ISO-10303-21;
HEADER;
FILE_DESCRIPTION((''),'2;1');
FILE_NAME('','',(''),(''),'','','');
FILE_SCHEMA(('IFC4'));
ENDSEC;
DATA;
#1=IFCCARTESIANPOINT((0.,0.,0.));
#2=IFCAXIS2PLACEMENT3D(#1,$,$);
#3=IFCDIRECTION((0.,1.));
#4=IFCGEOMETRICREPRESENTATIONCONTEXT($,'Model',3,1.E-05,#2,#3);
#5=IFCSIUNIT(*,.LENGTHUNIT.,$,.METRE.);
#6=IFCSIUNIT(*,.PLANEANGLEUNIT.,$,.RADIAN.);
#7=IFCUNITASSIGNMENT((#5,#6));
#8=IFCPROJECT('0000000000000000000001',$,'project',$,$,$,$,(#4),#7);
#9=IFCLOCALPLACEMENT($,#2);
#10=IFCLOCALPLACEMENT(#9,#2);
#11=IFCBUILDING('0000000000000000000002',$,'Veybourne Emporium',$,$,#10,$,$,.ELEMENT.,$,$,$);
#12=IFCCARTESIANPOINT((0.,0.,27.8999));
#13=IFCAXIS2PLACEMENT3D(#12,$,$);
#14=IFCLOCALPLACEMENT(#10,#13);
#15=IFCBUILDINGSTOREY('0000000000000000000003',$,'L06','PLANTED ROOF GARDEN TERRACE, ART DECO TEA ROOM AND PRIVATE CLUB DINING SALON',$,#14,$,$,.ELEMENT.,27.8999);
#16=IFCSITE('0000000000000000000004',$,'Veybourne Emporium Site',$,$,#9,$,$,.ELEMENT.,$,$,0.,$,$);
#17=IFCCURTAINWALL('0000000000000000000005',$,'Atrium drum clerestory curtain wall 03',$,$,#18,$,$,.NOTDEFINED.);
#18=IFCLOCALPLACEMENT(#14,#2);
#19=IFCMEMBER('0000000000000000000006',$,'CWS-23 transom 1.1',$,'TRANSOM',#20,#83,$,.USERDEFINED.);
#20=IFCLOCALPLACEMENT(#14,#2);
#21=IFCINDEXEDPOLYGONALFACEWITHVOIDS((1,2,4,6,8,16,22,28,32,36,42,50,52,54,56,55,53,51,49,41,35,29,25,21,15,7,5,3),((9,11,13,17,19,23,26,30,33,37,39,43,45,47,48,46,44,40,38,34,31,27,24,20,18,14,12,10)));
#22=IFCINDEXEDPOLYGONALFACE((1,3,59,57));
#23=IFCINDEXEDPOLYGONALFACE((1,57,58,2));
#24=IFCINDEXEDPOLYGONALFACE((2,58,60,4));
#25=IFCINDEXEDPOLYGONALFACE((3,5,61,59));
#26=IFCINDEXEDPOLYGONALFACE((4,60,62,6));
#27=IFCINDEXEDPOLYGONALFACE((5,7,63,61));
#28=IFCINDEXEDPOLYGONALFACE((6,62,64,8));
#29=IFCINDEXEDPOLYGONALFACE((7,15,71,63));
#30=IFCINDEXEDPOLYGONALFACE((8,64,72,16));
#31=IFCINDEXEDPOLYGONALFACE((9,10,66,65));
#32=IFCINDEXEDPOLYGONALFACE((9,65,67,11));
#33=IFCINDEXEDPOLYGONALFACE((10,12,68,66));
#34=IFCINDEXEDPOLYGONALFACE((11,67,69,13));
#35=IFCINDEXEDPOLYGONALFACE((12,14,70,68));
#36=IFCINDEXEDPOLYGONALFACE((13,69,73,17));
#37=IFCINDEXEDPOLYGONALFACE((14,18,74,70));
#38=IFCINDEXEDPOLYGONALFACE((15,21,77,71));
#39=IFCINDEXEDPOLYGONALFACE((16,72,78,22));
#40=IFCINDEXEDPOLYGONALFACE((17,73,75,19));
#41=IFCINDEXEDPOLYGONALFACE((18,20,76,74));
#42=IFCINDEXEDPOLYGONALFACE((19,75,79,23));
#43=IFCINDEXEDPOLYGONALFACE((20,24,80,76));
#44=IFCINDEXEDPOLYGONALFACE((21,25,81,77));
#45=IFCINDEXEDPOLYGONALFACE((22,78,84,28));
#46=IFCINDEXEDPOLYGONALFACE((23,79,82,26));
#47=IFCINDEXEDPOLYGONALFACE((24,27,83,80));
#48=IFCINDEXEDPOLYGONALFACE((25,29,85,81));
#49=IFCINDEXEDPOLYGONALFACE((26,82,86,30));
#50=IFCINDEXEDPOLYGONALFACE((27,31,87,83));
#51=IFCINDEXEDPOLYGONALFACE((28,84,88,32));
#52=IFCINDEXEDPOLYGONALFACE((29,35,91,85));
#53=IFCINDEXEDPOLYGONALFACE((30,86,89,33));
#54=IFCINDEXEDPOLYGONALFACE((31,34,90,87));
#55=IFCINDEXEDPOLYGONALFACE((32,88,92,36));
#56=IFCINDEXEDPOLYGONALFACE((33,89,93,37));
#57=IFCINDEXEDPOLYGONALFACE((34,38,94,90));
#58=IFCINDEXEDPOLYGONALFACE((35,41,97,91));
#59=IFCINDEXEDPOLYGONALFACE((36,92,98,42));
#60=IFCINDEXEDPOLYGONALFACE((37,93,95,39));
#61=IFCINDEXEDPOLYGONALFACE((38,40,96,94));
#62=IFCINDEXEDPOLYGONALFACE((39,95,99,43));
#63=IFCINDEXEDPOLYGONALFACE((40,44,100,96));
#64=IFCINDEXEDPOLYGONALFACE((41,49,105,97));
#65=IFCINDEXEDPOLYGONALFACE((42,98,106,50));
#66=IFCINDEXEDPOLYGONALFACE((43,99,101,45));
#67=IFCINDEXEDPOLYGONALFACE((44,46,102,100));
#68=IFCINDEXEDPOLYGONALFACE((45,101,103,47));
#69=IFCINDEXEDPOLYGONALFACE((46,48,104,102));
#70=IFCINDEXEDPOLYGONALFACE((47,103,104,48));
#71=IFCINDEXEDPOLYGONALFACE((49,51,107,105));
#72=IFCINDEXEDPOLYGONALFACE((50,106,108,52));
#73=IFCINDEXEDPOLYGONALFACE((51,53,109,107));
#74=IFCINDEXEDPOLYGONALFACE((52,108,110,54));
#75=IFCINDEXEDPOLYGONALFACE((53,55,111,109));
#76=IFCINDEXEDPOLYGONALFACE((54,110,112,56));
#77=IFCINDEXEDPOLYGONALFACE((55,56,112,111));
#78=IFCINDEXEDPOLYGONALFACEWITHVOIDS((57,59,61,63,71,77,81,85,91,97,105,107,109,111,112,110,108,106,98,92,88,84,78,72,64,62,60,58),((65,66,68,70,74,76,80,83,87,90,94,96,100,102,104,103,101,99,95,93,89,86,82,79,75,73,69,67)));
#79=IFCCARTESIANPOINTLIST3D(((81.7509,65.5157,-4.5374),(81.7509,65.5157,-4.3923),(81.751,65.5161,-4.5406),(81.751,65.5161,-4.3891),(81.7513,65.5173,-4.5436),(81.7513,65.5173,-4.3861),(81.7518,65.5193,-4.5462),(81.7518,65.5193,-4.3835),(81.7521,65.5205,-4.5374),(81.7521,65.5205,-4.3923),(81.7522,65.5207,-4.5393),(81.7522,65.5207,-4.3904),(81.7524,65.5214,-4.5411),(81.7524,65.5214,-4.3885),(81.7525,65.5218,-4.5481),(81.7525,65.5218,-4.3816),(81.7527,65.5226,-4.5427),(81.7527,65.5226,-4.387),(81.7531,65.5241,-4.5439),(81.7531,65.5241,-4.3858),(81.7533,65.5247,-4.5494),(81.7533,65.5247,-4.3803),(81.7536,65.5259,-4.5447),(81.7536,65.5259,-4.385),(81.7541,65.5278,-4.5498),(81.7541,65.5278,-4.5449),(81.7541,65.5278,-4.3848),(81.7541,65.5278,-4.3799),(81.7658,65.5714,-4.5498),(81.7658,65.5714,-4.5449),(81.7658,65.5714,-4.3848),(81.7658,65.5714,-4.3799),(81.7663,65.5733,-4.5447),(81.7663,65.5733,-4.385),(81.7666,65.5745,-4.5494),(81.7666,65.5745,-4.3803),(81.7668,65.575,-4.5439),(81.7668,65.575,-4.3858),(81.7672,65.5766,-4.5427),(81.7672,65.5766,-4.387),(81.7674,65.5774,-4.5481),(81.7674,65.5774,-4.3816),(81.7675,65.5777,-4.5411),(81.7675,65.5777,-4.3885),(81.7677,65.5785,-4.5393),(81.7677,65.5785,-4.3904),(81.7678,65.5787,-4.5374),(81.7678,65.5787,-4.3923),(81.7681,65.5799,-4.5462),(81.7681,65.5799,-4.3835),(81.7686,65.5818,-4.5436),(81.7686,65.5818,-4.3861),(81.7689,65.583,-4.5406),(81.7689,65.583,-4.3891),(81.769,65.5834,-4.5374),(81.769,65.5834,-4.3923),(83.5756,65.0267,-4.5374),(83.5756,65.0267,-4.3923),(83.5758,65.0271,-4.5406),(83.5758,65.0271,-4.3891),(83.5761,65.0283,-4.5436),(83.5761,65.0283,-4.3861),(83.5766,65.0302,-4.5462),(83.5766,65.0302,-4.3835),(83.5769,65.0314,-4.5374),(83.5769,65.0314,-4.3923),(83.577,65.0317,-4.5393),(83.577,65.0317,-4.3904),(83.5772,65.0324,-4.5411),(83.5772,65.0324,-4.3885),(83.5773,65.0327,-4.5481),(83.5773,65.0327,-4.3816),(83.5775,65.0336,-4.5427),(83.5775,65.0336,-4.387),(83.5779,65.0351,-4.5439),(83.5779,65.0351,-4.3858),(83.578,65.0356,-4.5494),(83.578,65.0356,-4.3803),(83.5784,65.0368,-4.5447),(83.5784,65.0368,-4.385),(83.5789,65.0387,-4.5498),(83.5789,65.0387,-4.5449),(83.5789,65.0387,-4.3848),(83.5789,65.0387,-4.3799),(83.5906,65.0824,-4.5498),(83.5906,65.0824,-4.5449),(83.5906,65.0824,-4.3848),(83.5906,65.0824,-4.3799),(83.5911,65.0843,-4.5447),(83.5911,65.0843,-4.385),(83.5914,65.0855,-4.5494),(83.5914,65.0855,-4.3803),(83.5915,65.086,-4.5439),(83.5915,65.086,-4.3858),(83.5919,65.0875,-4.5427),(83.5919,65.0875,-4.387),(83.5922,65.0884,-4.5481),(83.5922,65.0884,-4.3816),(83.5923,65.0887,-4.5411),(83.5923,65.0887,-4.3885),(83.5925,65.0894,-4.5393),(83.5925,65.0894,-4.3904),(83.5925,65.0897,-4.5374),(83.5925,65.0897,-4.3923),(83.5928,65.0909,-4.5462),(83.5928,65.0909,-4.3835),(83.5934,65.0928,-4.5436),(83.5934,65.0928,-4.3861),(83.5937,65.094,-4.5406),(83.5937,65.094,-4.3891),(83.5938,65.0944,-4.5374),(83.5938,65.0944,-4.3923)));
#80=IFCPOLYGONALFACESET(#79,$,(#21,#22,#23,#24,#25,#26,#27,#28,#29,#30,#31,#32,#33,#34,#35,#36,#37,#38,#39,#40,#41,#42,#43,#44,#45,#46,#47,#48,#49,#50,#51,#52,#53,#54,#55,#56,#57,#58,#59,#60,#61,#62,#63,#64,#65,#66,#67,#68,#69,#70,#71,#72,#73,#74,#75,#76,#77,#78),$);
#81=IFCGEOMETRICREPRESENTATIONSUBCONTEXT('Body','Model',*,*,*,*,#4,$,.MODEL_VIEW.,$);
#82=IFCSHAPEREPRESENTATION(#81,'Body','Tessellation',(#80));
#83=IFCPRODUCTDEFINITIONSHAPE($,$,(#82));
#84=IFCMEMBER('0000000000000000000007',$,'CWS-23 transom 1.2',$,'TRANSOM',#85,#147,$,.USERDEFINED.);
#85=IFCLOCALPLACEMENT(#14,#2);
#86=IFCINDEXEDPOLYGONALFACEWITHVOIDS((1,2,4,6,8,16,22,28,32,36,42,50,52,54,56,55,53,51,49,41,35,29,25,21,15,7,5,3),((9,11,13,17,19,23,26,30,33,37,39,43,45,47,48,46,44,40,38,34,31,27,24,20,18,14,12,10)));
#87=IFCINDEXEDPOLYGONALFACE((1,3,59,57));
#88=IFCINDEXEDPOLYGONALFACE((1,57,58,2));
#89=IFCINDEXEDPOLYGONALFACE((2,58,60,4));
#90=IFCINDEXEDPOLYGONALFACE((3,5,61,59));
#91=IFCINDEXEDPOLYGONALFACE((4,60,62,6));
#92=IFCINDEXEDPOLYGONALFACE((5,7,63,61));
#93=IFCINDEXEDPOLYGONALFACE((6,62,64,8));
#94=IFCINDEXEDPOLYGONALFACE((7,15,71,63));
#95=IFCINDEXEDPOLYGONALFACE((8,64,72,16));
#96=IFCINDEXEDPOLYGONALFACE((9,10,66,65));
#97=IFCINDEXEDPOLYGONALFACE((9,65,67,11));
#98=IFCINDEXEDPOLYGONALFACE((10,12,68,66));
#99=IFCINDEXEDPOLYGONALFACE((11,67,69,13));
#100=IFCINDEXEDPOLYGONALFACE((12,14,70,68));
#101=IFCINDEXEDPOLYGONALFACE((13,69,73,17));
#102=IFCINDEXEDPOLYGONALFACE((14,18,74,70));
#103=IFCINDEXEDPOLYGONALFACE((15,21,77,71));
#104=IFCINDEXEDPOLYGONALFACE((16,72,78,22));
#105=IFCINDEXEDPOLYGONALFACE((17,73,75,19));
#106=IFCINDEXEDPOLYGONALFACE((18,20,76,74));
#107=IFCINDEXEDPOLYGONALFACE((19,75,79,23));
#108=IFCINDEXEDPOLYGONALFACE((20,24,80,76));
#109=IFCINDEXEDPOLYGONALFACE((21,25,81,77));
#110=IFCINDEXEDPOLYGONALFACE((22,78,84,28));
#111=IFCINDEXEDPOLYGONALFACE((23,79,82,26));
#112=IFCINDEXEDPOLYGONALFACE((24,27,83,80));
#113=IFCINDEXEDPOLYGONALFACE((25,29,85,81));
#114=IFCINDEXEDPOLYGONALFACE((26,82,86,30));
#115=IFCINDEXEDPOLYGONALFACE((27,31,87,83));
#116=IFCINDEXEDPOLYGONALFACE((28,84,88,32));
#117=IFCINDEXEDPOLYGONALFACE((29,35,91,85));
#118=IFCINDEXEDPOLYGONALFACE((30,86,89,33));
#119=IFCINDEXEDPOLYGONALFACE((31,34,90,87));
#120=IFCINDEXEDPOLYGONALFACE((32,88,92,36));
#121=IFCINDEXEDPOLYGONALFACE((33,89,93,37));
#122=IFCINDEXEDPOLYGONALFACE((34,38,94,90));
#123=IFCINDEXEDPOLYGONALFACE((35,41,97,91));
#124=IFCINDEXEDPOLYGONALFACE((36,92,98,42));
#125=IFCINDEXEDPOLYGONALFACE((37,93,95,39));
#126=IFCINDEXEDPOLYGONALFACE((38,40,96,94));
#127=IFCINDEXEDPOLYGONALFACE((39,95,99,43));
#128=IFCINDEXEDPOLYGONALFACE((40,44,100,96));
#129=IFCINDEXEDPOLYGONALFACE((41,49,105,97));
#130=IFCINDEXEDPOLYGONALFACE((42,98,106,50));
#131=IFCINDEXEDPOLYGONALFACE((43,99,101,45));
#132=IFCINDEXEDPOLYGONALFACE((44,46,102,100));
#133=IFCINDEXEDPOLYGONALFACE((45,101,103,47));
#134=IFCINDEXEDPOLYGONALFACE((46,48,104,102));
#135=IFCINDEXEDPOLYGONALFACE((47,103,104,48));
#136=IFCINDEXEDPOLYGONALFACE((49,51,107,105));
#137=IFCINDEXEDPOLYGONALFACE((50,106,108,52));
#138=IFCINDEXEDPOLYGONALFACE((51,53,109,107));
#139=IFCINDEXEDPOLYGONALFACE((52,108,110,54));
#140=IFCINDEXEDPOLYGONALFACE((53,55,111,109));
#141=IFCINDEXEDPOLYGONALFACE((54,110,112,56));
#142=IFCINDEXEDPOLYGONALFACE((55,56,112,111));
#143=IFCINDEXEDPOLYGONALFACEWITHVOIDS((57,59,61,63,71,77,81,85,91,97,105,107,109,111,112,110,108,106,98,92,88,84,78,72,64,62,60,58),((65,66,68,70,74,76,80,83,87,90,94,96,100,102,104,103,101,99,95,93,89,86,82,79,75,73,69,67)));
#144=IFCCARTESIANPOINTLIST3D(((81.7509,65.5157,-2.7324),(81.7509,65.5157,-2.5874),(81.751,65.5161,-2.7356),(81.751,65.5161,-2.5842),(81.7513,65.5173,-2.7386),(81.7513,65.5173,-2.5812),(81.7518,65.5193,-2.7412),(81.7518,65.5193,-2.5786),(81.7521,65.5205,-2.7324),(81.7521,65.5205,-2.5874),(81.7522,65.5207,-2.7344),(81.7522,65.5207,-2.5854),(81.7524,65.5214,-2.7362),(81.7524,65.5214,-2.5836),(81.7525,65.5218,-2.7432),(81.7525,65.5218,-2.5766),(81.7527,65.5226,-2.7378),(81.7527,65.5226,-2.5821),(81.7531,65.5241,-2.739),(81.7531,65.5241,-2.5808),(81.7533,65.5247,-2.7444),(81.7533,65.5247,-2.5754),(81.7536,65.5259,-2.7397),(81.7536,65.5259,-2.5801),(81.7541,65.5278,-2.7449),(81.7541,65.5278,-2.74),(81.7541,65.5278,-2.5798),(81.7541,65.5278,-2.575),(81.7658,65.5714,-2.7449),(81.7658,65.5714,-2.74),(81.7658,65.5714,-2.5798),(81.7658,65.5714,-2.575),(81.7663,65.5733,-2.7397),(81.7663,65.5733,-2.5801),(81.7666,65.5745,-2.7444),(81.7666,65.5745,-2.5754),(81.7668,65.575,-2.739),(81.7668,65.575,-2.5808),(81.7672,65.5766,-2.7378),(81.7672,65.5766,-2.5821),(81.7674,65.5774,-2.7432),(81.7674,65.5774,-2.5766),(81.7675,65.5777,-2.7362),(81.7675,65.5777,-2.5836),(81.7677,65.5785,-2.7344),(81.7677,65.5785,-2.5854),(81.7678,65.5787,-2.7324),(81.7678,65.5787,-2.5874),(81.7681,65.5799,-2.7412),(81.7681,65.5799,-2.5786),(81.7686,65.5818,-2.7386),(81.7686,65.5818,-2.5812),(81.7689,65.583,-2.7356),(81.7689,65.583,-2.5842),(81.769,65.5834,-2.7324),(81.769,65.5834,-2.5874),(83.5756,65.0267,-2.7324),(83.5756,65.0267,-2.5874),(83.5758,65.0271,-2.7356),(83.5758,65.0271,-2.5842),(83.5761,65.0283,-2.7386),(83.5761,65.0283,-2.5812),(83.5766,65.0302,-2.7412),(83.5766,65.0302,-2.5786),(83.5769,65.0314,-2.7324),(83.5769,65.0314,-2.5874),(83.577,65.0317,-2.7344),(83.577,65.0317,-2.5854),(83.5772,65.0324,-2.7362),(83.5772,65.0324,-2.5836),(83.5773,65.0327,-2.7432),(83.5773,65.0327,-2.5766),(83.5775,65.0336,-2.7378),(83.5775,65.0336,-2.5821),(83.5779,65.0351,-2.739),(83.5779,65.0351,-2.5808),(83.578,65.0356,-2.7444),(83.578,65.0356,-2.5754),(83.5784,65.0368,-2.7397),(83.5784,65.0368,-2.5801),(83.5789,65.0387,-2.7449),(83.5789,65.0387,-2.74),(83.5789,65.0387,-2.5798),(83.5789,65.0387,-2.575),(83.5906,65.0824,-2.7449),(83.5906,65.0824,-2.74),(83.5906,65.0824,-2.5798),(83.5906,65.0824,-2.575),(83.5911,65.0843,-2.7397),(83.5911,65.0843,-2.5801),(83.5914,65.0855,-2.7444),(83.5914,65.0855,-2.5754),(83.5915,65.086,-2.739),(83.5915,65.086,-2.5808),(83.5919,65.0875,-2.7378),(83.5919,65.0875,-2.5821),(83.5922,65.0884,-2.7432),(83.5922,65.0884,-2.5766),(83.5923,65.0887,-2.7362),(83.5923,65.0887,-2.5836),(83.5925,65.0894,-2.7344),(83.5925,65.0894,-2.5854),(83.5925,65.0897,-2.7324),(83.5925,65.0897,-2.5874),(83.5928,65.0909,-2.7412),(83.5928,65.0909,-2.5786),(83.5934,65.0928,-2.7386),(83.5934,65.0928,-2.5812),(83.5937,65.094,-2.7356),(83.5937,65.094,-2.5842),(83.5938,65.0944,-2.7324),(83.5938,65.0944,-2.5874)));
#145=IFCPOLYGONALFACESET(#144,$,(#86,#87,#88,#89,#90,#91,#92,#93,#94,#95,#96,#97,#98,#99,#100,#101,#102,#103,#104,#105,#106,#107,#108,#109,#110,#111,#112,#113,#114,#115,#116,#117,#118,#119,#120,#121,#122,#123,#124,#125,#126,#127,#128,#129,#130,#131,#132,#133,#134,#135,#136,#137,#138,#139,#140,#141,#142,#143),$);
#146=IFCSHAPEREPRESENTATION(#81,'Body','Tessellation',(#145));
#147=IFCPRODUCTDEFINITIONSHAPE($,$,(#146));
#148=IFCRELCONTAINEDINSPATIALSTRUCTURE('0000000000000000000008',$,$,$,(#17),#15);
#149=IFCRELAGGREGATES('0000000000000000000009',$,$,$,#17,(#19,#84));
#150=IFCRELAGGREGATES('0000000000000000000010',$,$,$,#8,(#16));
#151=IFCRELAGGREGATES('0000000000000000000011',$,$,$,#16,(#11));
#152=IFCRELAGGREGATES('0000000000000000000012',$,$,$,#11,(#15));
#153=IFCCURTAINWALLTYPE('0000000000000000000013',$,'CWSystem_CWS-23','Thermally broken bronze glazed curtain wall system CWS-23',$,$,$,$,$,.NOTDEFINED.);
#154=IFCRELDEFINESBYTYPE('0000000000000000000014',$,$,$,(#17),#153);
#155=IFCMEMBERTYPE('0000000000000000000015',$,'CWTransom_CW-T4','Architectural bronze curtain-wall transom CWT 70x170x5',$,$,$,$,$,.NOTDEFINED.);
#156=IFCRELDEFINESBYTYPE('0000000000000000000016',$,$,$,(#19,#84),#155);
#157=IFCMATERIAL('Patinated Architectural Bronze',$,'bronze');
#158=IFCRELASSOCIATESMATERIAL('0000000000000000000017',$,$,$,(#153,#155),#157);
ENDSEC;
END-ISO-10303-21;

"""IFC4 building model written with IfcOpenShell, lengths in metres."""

from ifc_helpers import new_model, si_unit, direction, frame, origin, origin_2d, place, context, subcontext, project, spatial, hollow_rectangle, extrude, material, material_profile, profile_set, type_object, element, aggregate, save


model = new_model("IFC4")

# Units and contexts
model_context = context("Model", 3, precision=1e-05, world=origin(), true_north=direction((0.0, 1.0)))
body_context = subcontext(model_context, "Body", "Model", "MODEL_VIEW")
ifc_project = project(units=[si_unit("LENGTHUNIT", "METRE"), si_unit("PLANEANGLEUNIT", "RADIAN")], contexts=[model_context])

# Site, building, storey
site_placement = place(None, origin())
site = spatial("IfcSite", under=ifc_project, at=site_placement, Name="Veybourne Emporium Site", CompositionType="ELEMENT", RefElevation=0.0)
building_placement = place(site_placement, origin())
building = spatial("IfcBuilding", under=site, at=building_placement, Name="Veybourne Emporium", CompositionType="ELEMENT")
storey_placement = place(building_placement, frame((0.0, 0.0, 27.8999)))
storey = spatial("IfcBuildingStorey", under=building, at=storey_placement, Name="L06", Description="PLANTED ROOF GARDEN TERRACE, ART DECO TEA ROOM AND PRIVATE CLUB DINING SALON", CompositionType="ELEMENT", Elevation=27.8999)

# Curtain wall
ifc_material_1 = material(Name="Patinated Architectural Bronze", Category="bronze")
curtain_wall_type_1 = type_object("IfcCurtainWallType", Name="CWSystem_CWS-23", Description="Thermally broken bronze glazed curtain wall system CWS-23", PredefinedType="NOTDEFINED", material=ifc_material_1)
curtain_wall_1_placement = place(storey_placement, origin())
curtain_wall_1 = element("IfcCurtainWall", 1, at=curtain_wall_1_placement, inside=storey, type_object=curtain_wall_type_1, Name="Atrium drum clerestory curtain wall 03", PredefinedType="NOTDEFINED")

# Members
ifc_material_profile_1 = material_profile(ifc_material_1, hollow_rectangle(XDim=0.0701, YDim=0.1699, WallThickness=0.0049, InnerFilletRadius=0.0076, OuterFilletRadius=0.0125, at=origin_2d()), Name="CWT 70x170x5")
ifc_profile_set_1 = profile_set([ifc_material_profile_1], Name="Patinated Architectural Bronze")
member_type_1 = type_object("IfcMemberType", Name="CWTransom_CW-T4", Description="Architectural bronze curtain-wall transom CWT 70x170x5", PredefinedType="NOTDEFINED", material=ifc_profile_set_1)
member_1_placement = place(storey_placement, frame((83.5847, 65.0605, -4.4648), z_axis=(-0.965915, 0.258861, 0.0), x_axis=(-0.258861, -0.965915, 0.0)))
member_1 = element("IfcMember", 2, at=member_1_placement, type_object=member_type_1, Name="CWS-23 transom 1.1", ObjectType="TRANSOM", PredefinedType="USERDEFINED", context=body_context, shape_type="SweptSolid", body=[
    extrude(hollow_rectangle(XDim=0.0701, YDim=0.1699, WallThickness=0.0049, InnerFilletRadius=0.0076, OuterFilletRadius=0.0125, at=origin_2d()), origin(), (0.0, 0.0, 1.0), 1.8892),
])
member_2_placement = place(storey_placement, frame((83.5847, 65.0605, -2.6599), z_axis=(-0.965915, 0.258861, 0.0), x_axis=(-0.258861, -0.965915, 0.0)))
member_2 = element("IfcMember", 3, at=member_2_placement, type_object=member_type_1, Name="CWS-23 transom 1.2", ObjectType="TRANSOM", PredefinedType="USERDEFINED", context=body_context, shape_type="SweptSolid", body=[
    extrude(hollow_rectangle(XDim=0.0701, YDim=0.1699, WallThickness=0.0049, InnerFilletRadius=0.0076, OuterFilletRadius=0.0125, at=origin_2d()), origin(), (0.0, 0.0, 1.0), 1.8892),
])

aggregate(curtain_wall_1, [member_1, member_2])

save(model, "model.ifc")
